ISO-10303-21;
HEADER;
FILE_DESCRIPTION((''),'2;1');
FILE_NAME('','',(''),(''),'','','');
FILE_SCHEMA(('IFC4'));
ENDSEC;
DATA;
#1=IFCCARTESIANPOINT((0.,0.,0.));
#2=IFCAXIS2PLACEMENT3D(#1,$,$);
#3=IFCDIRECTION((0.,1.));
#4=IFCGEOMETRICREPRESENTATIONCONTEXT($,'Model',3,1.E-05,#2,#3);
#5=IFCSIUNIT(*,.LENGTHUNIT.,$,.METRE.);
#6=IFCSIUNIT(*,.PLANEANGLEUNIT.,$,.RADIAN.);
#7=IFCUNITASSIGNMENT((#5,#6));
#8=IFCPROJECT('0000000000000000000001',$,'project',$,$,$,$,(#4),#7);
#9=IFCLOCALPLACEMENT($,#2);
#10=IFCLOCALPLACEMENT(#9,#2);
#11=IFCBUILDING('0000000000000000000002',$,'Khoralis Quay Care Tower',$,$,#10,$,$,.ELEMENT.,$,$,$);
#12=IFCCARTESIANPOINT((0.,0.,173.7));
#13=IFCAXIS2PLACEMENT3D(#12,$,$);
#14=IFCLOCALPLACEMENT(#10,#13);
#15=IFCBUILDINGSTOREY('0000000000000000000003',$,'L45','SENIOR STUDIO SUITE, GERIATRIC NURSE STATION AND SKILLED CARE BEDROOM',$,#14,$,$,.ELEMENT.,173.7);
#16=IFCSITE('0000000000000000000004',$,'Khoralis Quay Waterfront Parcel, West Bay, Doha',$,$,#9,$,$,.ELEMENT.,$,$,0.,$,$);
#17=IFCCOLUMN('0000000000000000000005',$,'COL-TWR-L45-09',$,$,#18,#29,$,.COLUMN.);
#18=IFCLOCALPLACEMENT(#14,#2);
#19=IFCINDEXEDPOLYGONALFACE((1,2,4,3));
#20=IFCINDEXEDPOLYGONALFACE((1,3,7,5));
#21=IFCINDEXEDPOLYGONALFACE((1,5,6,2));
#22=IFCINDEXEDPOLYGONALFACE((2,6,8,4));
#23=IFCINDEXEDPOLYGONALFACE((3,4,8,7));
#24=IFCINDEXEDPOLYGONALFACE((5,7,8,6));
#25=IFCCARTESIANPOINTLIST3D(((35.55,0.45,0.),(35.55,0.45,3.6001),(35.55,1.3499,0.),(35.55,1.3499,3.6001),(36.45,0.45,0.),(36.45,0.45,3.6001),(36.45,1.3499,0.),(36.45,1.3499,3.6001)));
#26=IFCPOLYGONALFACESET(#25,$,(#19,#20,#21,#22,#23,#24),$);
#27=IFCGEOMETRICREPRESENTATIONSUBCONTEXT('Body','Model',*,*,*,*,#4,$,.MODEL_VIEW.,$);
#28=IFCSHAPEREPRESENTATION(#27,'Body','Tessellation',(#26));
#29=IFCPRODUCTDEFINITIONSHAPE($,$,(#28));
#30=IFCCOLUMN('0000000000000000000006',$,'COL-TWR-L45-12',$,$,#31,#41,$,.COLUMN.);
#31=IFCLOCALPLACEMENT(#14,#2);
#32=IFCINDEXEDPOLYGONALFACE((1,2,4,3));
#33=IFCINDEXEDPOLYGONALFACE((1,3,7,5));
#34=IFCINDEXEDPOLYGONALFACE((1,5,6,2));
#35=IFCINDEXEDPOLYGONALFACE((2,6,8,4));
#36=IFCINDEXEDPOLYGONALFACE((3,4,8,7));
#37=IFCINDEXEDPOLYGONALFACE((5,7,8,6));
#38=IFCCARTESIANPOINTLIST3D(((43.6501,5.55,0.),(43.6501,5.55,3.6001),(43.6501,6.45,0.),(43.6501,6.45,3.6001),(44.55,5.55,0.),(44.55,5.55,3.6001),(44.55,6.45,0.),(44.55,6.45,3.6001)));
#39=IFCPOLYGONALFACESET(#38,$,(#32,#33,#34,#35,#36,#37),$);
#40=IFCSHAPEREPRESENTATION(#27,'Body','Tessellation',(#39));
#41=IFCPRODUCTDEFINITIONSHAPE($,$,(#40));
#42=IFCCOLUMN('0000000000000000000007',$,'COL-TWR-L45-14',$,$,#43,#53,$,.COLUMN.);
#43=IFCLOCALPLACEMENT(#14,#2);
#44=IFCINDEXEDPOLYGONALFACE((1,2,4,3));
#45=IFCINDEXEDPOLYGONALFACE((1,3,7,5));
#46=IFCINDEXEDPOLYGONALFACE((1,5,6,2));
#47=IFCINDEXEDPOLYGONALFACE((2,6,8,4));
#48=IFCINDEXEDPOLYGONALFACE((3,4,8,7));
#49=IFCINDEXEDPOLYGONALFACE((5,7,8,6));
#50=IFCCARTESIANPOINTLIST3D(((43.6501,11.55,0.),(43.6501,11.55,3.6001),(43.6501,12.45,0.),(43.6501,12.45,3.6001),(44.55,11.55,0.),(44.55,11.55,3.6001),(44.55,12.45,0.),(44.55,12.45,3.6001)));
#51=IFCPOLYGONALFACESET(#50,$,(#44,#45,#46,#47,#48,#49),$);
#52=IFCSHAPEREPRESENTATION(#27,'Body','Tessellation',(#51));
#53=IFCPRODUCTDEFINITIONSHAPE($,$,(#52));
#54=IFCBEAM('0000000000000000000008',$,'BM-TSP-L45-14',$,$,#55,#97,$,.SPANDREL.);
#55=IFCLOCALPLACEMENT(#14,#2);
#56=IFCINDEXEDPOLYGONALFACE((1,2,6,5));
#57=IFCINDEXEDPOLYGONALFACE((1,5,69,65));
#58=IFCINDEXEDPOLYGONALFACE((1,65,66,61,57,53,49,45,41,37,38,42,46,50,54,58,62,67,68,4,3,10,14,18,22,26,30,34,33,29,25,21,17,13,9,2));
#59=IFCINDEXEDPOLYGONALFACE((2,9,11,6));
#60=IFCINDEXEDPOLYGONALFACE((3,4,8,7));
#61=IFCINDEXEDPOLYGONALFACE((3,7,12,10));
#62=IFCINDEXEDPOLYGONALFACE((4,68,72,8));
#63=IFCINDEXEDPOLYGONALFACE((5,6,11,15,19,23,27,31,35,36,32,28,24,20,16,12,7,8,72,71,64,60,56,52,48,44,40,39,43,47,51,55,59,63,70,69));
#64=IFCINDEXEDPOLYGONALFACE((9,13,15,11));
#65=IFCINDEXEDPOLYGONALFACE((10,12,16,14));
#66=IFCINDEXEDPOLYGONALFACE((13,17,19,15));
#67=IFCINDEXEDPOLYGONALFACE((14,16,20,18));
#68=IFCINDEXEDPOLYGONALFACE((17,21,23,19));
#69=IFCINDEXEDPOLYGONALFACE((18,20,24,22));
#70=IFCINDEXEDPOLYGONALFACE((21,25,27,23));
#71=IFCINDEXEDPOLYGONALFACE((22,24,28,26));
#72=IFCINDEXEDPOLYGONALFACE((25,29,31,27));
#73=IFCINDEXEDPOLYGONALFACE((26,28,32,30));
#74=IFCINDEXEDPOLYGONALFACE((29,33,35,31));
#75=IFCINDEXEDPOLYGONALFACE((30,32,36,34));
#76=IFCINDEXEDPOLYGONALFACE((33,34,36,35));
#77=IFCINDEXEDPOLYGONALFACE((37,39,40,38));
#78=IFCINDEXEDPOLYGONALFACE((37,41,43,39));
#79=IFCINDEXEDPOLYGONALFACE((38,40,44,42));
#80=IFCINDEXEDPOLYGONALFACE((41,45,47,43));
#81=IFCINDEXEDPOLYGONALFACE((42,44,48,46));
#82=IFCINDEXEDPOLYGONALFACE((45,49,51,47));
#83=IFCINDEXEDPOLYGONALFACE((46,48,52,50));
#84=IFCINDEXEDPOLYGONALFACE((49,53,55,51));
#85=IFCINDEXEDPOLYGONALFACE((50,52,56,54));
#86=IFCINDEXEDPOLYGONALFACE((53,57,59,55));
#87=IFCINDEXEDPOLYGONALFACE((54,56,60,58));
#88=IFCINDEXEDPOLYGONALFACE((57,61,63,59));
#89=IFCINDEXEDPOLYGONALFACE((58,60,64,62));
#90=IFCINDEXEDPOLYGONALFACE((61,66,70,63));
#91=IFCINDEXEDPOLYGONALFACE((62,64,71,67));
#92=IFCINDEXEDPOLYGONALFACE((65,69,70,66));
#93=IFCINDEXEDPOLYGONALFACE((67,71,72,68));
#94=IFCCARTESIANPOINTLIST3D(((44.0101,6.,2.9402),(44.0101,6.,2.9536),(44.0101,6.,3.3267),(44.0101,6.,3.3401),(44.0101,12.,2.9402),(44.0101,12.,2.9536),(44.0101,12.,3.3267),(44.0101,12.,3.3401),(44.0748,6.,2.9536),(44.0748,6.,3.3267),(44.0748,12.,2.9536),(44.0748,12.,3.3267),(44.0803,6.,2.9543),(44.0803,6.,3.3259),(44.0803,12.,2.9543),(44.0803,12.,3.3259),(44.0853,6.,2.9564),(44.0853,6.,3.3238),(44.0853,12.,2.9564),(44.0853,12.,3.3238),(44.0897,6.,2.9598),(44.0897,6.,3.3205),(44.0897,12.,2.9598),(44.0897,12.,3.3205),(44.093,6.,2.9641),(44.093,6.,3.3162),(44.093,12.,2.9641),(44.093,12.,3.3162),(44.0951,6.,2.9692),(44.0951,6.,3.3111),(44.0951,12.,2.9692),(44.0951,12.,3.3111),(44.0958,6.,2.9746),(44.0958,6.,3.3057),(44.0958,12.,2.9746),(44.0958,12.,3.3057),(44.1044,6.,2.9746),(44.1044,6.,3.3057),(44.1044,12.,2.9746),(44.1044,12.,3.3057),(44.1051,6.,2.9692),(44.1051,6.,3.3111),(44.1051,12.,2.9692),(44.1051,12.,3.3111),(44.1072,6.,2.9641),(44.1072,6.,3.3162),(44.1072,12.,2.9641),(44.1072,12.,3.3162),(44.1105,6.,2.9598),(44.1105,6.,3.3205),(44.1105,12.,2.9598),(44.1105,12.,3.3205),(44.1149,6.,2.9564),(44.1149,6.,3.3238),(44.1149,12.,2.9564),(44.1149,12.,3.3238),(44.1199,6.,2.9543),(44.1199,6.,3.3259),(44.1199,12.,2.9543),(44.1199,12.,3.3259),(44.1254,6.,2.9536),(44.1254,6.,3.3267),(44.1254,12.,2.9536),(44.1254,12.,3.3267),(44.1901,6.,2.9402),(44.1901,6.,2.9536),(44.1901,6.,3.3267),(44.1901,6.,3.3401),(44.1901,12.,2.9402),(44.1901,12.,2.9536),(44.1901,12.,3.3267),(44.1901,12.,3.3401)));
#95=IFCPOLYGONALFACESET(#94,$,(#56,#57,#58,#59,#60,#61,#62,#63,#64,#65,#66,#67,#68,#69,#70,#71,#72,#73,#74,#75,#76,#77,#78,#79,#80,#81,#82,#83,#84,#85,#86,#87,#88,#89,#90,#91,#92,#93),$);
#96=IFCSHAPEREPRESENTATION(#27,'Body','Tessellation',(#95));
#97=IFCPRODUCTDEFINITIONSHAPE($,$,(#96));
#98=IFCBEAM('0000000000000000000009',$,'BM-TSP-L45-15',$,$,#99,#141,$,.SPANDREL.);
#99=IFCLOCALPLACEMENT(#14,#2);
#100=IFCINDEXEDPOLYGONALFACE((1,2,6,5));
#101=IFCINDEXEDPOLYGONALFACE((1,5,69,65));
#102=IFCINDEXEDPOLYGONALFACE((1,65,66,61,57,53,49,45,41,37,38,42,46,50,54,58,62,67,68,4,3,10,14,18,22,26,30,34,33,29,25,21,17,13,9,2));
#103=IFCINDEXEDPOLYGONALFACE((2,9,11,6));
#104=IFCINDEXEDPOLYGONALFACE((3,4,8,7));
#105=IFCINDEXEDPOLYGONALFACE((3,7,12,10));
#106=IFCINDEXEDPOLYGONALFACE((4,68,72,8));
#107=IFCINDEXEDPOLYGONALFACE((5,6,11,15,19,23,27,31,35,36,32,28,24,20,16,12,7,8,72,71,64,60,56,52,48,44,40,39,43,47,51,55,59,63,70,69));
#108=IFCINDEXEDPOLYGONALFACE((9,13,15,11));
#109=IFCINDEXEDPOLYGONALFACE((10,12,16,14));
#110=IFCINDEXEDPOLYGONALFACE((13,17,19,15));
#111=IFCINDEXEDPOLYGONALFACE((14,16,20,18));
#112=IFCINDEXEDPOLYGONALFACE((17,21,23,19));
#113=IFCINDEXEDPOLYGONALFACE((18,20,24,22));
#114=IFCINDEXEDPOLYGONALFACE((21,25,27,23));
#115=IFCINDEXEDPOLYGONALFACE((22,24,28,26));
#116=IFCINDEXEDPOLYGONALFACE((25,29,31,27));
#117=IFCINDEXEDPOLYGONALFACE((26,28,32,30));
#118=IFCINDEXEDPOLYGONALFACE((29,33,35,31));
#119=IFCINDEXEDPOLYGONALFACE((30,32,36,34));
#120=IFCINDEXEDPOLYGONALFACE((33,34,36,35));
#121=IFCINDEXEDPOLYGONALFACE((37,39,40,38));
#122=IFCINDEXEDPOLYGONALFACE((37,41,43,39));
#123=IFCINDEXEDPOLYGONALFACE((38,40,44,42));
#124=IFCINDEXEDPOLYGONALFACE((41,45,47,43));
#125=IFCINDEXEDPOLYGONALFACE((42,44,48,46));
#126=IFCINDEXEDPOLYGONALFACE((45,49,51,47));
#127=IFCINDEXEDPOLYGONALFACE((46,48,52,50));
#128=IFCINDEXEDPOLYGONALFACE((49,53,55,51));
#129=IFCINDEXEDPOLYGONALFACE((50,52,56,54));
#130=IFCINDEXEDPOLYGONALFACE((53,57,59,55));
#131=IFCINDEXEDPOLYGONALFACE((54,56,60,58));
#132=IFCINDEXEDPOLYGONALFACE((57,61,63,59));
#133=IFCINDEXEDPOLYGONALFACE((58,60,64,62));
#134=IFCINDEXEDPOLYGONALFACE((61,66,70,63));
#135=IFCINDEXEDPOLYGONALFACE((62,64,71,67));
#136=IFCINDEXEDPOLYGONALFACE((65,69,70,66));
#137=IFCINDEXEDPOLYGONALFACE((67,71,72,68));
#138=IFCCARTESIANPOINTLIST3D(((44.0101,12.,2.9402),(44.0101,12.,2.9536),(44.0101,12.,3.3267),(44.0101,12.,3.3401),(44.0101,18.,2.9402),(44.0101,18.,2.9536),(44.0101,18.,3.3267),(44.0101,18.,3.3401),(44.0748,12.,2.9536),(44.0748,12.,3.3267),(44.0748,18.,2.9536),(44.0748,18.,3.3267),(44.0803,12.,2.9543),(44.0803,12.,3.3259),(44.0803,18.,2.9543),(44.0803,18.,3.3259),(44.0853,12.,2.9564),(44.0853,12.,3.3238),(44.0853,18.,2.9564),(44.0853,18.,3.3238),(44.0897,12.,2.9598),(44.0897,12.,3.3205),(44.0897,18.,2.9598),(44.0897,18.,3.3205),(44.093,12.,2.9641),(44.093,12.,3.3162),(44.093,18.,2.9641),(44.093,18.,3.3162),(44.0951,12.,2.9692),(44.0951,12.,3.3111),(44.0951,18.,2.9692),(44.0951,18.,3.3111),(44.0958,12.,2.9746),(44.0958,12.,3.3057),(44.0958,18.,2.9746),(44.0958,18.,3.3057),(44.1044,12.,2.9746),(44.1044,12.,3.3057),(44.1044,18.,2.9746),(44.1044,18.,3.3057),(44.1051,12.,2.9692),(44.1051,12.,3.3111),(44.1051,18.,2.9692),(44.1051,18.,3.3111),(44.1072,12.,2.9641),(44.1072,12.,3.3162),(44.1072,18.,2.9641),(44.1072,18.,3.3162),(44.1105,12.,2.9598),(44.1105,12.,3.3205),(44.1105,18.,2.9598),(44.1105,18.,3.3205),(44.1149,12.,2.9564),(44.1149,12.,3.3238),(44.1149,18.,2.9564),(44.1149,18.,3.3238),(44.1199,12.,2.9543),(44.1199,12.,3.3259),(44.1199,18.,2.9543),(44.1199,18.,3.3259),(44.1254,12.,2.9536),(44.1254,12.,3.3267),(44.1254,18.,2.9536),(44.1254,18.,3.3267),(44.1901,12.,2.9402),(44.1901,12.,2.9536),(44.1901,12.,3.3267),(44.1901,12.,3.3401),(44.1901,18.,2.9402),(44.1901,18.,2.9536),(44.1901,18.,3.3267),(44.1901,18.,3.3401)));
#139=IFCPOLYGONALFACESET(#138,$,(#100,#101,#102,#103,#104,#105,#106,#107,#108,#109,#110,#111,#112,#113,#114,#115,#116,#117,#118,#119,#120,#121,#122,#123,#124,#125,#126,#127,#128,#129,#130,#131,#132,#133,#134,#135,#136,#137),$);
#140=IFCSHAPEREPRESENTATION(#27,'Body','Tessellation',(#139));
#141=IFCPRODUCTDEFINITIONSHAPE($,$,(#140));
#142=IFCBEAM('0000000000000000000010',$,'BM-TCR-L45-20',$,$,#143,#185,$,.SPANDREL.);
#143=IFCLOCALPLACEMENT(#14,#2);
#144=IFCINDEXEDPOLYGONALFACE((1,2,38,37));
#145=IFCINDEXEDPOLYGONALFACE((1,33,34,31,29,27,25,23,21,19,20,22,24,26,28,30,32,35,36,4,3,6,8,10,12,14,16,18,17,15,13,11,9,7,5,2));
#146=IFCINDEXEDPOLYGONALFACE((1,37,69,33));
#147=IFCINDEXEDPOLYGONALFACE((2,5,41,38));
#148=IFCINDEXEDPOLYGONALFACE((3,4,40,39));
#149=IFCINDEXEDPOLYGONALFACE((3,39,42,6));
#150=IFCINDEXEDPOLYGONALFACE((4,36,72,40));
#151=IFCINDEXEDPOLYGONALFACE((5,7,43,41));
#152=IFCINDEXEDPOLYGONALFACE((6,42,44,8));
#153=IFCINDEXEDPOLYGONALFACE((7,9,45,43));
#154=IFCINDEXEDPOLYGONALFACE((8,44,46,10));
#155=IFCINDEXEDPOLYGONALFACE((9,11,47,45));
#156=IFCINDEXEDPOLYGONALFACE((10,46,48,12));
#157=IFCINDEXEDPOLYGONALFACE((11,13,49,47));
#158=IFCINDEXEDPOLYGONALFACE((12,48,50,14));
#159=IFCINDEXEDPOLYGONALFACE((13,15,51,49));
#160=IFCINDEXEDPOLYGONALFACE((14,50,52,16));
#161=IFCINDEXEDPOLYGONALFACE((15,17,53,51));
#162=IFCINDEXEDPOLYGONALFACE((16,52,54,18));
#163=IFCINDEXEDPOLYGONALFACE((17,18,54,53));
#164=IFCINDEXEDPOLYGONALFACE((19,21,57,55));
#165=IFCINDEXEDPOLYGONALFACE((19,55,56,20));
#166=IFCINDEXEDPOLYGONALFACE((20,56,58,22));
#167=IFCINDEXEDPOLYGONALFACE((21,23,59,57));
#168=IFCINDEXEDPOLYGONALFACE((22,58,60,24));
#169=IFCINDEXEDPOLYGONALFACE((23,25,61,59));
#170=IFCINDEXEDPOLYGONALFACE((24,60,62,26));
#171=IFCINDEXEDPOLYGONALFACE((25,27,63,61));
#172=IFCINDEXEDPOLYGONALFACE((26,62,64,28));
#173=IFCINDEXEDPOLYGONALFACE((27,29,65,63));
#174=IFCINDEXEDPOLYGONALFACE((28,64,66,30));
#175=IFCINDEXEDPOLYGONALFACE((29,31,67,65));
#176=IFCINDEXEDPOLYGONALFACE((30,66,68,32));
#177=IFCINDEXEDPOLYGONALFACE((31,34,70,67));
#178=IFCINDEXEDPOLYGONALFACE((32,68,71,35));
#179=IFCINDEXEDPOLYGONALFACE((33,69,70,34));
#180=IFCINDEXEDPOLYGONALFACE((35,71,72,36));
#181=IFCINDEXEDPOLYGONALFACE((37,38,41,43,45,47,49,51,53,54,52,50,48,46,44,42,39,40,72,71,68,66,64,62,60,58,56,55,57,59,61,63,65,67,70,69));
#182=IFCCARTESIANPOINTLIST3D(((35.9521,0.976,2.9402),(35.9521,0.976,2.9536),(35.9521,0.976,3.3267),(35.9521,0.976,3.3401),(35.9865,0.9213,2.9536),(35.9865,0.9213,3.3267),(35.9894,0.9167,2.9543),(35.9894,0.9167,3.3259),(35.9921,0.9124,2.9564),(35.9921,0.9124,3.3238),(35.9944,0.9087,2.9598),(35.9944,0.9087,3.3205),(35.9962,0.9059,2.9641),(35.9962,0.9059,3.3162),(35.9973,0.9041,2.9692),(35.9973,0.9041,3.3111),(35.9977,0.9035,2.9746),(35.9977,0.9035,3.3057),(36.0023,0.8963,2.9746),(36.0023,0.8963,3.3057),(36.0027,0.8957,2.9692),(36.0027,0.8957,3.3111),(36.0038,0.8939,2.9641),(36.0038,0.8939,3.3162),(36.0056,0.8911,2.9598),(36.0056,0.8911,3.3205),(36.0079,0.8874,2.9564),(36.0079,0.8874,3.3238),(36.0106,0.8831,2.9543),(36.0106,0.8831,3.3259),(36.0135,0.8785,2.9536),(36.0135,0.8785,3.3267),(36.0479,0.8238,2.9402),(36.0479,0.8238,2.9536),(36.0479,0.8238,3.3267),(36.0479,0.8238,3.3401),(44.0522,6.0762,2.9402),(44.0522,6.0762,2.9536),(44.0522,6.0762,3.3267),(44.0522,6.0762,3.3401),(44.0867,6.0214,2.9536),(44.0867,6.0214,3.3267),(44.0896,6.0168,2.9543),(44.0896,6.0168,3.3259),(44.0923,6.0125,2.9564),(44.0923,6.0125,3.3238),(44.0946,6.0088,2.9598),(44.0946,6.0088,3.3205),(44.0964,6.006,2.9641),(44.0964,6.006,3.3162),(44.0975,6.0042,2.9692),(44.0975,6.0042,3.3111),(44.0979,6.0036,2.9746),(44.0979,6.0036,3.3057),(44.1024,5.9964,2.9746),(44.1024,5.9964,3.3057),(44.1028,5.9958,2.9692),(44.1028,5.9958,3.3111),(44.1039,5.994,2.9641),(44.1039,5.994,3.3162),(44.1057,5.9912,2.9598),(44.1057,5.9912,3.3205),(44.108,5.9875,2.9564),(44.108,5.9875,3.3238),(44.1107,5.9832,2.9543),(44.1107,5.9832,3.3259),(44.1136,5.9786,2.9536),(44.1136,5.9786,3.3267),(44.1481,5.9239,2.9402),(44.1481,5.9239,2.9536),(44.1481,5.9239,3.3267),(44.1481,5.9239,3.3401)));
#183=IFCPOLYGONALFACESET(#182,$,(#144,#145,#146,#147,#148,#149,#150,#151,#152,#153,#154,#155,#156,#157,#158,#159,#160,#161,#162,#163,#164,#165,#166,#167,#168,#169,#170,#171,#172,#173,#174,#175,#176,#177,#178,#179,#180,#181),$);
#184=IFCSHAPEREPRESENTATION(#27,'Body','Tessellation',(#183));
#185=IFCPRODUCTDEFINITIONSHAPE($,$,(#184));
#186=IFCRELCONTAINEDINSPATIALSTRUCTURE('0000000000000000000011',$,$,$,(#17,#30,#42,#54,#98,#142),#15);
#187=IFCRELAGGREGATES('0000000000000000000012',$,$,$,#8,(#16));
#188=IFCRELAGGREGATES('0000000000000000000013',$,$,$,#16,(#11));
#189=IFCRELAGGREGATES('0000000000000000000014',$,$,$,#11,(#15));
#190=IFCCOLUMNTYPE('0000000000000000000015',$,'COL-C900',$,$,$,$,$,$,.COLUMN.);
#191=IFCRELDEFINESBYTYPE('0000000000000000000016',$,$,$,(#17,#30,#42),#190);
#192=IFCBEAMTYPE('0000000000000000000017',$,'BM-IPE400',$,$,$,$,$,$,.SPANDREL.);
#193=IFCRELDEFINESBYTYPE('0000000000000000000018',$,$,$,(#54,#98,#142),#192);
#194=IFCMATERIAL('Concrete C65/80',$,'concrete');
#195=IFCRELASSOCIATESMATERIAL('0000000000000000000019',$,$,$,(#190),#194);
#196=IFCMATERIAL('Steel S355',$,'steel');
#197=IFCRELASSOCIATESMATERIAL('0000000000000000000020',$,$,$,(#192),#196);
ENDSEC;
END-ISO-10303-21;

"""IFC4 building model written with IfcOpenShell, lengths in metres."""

from ifc_helpers import new_model, si_unit, direction, frame, origin, origin_2d, place, context, subcontext, project, spatial, rectangle, i_section, extrude, source, transform, mapped, material, material_profile, profile_set, type_object, element, save


model = new_model("IFC4")

# Units and contexts
model_context = context("Model", 3, precision=1e-05, world=origin(), true_north=direction((0.0, 1.0)))
body_context = subcontext(model_context, "Body", "Model", "MODEL_VIEW")
ifc_project = project(units=[si_unit("LENGTHUNIT", "METRE"), si_unit("PLANEANGLEUNIT", "RADIAN")], contexts=[model_context])

# Site, building, storey
site_placement = place(None, origin())
site = spatial("IfcSite", under=ifc_project, at=site_placement, Name="Khoralis Quay Waterfront Parcel, West Bay, Doha", CompositionType="ELEMENT", RefElevation=0.0)
building_placement = place(site_placement, origin())
building = spatial("IfcBuilding", under=site, at=building_placement, Name="Khoralis Quay Care Tower", CompositionType="ELEMENT")
storey_placement = place(building_placement, frame((0.0, 0.0, 173.7)))
storey = spatial("IfcBuildingStorey", under=building, at=storey_placement, Name="L45", Description="SENIOR STUDIO SUITE, GERIATRIC NURSE STATION AND SKILLED CARE BEDROOM", CompositionType="ELEMENT", Elevation=173.7)

# Columns
ifc_material_1 = material(Name="Concrete C65/80", Category="concrete")
ifc_material_profile_1 = material_profile(ifc_material_1, rectangle(XDim=0.8999, YDim=0.8999, at=origin_2d()), Name="Concrete C65/80")
ifc_profile_set_1 = profile_set([ifc_material_profile_1], Name="Concrete C65/80")
column_type = type_object("IfcColumnType", Name="COL-C900", PredefinedType="COLUMN", material=ifc_profile_set_1)
shared_shape_1 = source(origin(), body_context, "Body", "SweptSolid", [
    extrude(rectangle(XDim=0.8999, YDim=0.8999, at=origin_2d()), origin(), (0.0, 0.0, 1.0), 3.6001),
])
for number, where, z_axis, x_axis, name in (
    (1, (36.0, 0.8999, 0.0), (0.0, 0.0, 1.0), (1.0, 0.0, 0.0), "COL-TWR-L45-09"),
    (2, (44.1001, 6.0, 0.0), (0.0, 0.0, 1.0), (1.0, 0.0, 0.0), "COL-TWR-L45-12"),
    (3, (44.1001, 12.0, 0.0), (0.0, 0.0, 1.0), (1.0, 0.0, 0.0), "COL-TWR-L45-14"),
):
    element("IfcColumn", number, at=place(storey_placement, frame(where, z_axis=z_axis, x_axis=x_axis)), inside=storey, type_object=column_type, Name=name, PredefinedType="COLUMN", context=body_context, shape_type="MappedRepresentation", body=[
        mapped(shared_shape_1, transform((0.0, 0.0, 0.0), scale=1.0)),
    ])

# Beams
ifc_material_2 = material(Name="Steel S355", Category="steel")
ifc_material_profile_2 = material_profile(ifc_material_2, i_section(OverallWidth=0.1799, OverallDepth=0.3999, WebThickness=0.0085, FlangeThickness=0.0134, FilletRadius=0.021, at=origin_2d()), Name="Steel S355")
ifc_profile_set_2 = profile_set([ifc_material_profile_2], Name="Steel S355")
beam_type_1 = type_object("IfcBeamType", Name="BM-IPE400", PredefinedType="SPANDREL", material=ifc_profile_set_2)
shared_shape_2 = source(origin(), body_context, "Body", "SweptSolid", [
    extrude(i_section(OverallWidth=0.1799, OverallDepth=0.3999, WebThickness=0.0085, FlangeThickness=0.0134, FilletRadius=0.021, at=origin_2d()), origin(), (0.0, 0.0, 1.0), 6.0),
])
for number, where, z_axis, x_axis, name in (
    (4, (44.1001, 6.0, 3.1401), (0.0, 1.0, 0.0), (-1.0, 0.0, 0.0), "BM-TSP-L45-14"),
    (5, (44.1001, 12.0, 3.1401), (0.0, 1.0, 0.0), (-1.0, 0.0, 0.0), "BM-TSP-L45-15"),
):
    element("IfcBeam", number, at=place(storey_placement, frame(where, z_axis=z_axis, x_axis=x_axis)), inside=storey, type_object=beam_type_1, Name=name, PredefinedType="SPANDREL", context=body_context, shape_type="MappedRepresentation", body=[
        mapped(shared_shape_2, transform((0.0, 0.0, 0.0), scale=1.0)),
    ])
shared_shape_3 = source(origin(), body_context, "Body", "SweptSolid", [
    extrude(i_section(OverallWidth=0.1799, OverallDepth=0.3999, WebThickness=0.0085, FlangeThickness=0.0134, FilletRadius=0.021, at=origin_2d()), origin(), (0.0, 0.0, 1.0), 9.572),
])
beam_1_placement = place(storey_placement, frame((36.0, 0.8999, 3.1401), z_axis=(0.846231, 0.532816, 0.0), x_axis=(-0.532816, 0.846231, 0.0)))
element("IfcBeam", 6, at=beam_1_placement, inside=storey, type_object=beam_type_1, Name="BM-TCR-L45-20", PredefinedType="SPANDREL", context=body_context, shape_type="MappedRepresentation", body=[
    mapped(shared_shape_3, transform((0.0, 0.0, 0.0), scale=1.0)),
])

save(model, "model.ifc")
